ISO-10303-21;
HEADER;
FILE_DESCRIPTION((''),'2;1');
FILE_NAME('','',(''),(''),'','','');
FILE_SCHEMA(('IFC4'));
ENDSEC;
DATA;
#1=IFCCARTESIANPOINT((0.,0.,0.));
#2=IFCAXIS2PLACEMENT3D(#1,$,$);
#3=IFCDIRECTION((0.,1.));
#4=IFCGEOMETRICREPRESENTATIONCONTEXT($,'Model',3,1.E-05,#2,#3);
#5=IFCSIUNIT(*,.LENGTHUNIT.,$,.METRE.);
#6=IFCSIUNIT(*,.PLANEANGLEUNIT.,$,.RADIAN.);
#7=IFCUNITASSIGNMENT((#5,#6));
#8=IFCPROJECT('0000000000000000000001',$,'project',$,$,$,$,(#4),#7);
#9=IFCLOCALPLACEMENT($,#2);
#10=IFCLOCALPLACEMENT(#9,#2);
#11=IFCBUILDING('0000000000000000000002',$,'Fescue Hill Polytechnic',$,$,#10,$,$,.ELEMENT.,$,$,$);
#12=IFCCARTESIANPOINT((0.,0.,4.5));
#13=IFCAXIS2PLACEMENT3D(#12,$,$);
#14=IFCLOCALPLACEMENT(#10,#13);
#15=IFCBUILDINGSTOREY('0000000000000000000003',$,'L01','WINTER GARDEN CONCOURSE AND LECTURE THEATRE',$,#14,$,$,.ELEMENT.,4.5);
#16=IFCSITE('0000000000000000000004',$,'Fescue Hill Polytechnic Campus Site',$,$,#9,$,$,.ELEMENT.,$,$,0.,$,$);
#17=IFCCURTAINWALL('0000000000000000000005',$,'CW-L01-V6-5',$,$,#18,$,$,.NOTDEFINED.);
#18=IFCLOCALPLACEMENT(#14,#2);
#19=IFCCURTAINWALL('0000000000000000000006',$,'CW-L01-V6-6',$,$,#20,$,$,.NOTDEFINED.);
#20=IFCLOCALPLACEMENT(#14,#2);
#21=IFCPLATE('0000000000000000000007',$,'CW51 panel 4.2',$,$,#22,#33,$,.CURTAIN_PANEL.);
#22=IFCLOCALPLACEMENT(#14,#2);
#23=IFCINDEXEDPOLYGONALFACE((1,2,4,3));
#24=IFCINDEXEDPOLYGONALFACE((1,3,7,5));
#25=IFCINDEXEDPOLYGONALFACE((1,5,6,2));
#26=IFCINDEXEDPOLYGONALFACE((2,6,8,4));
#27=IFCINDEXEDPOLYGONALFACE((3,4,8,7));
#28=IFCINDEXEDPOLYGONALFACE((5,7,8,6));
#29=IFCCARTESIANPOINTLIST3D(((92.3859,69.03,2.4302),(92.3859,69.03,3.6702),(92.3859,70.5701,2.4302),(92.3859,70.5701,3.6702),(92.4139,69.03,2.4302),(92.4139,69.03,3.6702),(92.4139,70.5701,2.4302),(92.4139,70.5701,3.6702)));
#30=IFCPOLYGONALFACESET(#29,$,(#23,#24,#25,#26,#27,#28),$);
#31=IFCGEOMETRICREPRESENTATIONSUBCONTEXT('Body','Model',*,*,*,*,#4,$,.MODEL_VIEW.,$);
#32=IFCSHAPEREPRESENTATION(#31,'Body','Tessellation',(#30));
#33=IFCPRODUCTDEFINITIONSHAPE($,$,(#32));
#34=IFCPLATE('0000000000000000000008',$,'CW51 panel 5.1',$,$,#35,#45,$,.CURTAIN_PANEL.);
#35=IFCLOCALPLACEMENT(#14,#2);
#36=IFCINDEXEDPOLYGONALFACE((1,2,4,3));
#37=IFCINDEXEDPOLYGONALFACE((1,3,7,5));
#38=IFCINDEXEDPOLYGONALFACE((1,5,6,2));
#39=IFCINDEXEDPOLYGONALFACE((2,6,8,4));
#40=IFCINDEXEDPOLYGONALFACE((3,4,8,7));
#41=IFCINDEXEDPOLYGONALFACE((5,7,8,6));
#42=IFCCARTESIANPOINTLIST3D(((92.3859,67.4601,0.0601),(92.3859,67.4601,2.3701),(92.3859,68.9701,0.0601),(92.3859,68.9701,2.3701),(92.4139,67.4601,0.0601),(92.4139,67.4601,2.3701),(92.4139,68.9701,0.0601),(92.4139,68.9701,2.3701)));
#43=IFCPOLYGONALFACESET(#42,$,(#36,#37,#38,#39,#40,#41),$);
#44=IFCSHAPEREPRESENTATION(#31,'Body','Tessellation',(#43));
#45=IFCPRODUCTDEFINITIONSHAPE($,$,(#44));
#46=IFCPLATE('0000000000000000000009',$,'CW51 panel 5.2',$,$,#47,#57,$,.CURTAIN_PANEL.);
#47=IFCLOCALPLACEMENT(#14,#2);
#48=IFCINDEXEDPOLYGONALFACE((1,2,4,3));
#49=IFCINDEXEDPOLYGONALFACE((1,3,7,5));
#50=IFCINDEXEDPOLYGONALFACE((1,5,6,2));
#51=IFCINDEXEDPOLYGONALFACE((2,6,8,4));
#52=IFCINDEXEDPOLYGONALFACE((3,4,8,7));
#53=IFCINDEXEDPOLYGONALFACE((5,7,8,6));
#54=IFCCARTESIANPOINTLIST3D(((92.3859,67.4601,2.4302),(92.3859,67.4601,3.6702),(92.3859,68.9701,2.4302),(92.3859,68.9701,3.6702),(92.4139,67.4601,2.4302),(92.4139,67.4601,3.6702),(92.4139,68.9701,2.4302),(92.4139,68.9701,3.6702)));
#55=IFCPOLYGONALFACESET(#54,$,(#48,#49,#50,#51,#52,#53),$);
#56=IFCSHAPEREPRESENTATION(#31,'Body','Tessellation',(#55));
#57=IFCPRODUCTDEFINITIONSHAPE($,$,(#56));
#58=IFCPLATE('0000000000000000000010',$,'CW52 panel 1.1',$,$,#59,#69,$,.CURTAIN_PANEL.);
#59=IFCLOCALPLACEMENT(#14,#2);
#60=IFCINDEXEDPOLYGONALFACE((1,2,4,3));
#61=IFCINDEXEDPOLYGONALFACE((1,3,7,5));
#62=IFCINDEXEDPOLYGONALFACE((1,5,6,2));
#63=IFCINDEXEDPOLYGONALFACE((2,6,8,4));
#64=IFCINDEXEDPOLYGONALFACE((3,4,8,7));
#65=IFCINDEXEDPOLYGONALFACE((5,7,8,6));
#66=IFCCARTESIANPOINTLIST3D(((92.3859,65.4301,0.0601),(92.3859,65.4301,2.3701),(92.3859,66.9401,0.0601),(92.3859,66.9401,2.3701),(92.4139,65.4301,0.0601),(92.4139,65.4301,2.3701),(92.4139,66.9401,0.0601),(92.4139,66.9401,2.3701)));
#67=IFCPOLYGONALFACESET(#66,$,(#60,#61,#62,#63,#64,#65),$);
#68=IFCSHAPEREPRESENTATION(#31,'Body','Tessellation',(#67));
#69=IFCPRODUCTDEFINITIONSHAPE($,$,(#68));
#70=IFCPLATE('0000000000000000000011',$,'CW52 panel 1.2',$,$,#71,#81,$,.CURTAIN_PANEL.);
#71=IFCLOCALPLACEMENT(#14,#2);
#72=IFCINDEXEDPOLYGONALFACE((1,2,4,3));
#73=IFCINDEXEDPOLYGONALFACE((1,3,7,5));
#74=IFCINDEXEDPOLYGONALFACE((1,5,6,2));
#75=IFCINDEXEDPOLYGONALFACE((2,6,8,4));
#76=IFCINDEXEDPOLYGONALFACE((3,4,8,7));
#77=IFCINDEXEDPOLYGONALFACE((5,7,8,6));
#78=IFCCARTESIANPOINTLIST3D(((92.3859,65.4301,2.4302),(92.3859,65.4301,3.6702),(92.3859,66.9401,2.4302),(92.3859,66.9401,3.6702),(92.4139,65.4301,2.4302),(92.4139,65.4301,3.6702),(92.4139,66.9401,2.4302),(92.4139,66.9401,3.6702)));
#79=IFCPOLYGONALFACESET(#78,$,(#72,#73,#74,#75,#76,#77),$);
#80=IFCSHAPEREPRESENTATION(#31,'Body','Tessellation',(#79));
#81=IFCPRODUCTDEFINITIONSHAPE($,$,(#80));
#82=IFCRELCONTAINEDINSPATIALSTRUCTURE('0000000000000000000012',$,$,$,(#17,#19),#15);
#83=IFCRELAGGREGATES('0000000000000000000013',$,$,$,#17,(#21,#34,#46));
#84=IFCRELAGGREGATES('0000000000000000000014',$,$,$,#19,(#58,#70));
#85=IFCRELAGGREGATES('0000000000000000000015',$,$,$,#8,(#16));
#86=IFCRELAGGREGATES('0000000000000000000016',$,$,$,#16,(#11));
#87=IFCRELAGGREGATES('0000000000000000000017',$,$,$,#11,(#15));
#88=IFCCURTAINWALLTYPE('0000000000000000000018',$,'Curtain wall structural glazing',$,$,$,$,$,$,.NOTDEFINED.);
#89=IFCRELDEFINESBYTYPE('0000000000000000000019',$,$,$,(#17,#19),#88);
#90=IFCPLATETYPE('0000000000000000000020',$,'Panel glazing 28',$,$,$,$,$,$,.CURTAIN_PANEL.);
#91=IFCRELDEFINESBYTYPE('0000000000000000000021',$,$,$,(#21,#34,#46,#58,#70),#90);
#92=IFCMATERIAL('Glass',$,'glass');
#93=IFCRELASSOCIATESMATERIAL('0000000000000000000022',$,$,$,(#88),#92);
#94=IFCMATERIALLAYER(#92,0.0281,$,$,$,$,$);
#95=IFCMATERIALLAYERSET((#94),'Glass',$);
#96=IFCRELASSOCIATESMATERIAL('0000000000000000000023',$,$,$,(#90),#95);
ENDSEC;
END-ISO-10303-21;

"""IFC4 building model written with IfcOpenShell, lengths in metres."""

from ifc_helpers import new_model, si_unit, direction, frame, origin, origin_2d, place, context, subcontext, project, spatial, rectangle, extrude, material, layer, layer_set, type_object, element, aggregate, save


model = new_model("IFC4")

# Units and contexts
model_context = context("Model", 3, precision=1e-05, world=origin(), true_north=direction((0.0, 1.0)))
body_context = subcontext(model_context, "Body", "Model", "MODEL_VIEW")
ifc_project = project(units=[si_unit("LENGTHUNIT", "METRE"), si_unit("PLANEANGLEUNIT", "RADIAN")], contexts=[model_context])

# Site, building, storey
site_placement = place(None, origin())
site = spatial("IfcSite", under=ifc_project, at=site_placement, Name="Fescue Hill Polytechnic Campus Site", CompositionType="ELEMENT", RefElevation=0.0)
building_placement = place(site_placement, origin())
building = spatial("IfcBuilding", under=site, at=building_placement, Name="Fescue Hill Polytechnic", CompositionType="ELEMENT")
storey_placement = place(building_placement, frame((0.0, 0.0, 4.5)))
storey = spatial("IfcBuildingStorey", under=building, at=storey_placement, Name="L01", Description="WINTER GARDEN CONCOURSE AND LECTURE THEATRE", CompositionType="ELEMENT", Elevation=4.5)

# Curtain walls
ifc_material_1 = material(Name="Glass", Category="glass")
curtain_wall_type = type_object("IfcCurtainWallType", Name="Curtain wall structural glazing", PredefinedType="NOTDEFINED", material=ifc_material_1)
curtain_wall_1_placement = place(storey_placement, origin())
curtain_wall_1 = element("IfcCurtainWall", 1, at=curtain_wall_1_placement, inside=storey, type_object=curtain_wall_type, Name="CW-L01-V6-5", PredefinedType="NOTDEFINED")
curtain_wall_2_placement = place(storey_placement, origin())
curtain_wall_2 = element("IfcCurtainWall", 2, at=curtain_wall_2_placement, inside=storey, type_object=curtain_wall_type, Name="CW-L01-V6-6", PredefinedType="NOTDEFINED")

# Plates
ifc_layer = layer(ifc_material_1, 0.0281)
ifc_layer_set = layer_set([ifc_layer], Name="Glass")
plate_type = type_object("IfcPlateType", Name="Panel glazing 28", PredefinedType="CURTAIN_PANEL", material=ifc_layer_set)
plate_1_placement = place(storey_placement, frame((92.3999, 69.8, 2.4302), z_axis=(0.0, 0.0, 1.0), x_axis=(0.0, -1.0, 0.0)))
plate_1 = element("IfcPlate", 3, at=plate_1_placement, type_object=plate_type, Name="CW51 panel 4.2", PredefinedType="CURTAIN_PANEL", context=body_context, shape_type="SweptSolid", body=[
    extrude(rectangle(XDim=1.54, YDim=0.0281, at=origin_2d()), origin(), (0.0, 0.0, 1.0), 1.24),
])
plate_2_placement = place(storey_placement, frame((92.3999, 68.2151, 0.0601), z_axis=(0.0, 0.0, 1.0), x_axis=(0.0, -1.0, 0.0)))
plate_2 = element("IfcPlate", 4, at=plate_2_placement, type_object=plate_type, Name="CW51 panel 5.1", PredefinedType="CURTAIN_PANEL", context=body_context, shape_type="SweptSolid", body=[
    extrude(rectangle(XDim=1.51, YDim=0.0281, at=origin_2d()), origin(), (0.0, 0.0, 1.0), 2.3101),
])
plate_3_placement = place(storey_placement, frame((92.3999, 68.2151, 2.4302), z_axis=(0.0, 0.0, 1.0), x_axis=(0.0, -1.0, 0.0)))
plate_3 = element("IfcPlate", 5, at=plate_3_placement, type_object=plate_type, Name="CW51 panel 5.2", PredefinedType="CURTAIN_PANEL", context=body_context, shape_type="SweptSolid", body=[
    extrude(rectangle(XDim=1.51, YDim=0.0281, at=origin_2d()), origin(), (0.0, 0.0, 1.0), 1.24),
])
aggregate(curtain_wall_1, [plate_1, plate_2, plate_3])
plate_4_placement = place(storey_placement, frame((92.3999, 66.1851, 0.0601), z_axis=(0.0, 0.0, 1.0), x_axis=(0.0, -1.0, 0.0)))
plate_4 = element("IfcPlate", 6, at=plate_4_placement, type_object=plate_type, Name="CW52 panel 1.1", PredefinedType="CURTAIN_PANEL", context=body_context, shape_type="SweptSolid", body=[
    extrude(rectangle(XDim=1.51, YDim=0.0281, at=origin_2d()), origin(), (0.0, 0.0, 1.0), 2.3101),
])
plate_5_placement = place(storey_placement, frame((92.3999, 66.1851, 2.4302), z_axis=(0.0, 0.0, 1.0), x_axis=(0.0, -1.0, 0.0)))
plate_5 = element("IfcPlate", 7, at=plate_5_placement, type_object=plate_type, Name="CW52 panel 1.2", PredefinedType="CURTAIN_PANEL", context=body_context, shape_type="SweptSolid", body=[
    extrude(rectangle(XDim=1.51, YDim=0.0281, at=origin_2d()), origin(), (0.0, 0.0, 1.0), 1.24),
])
aggregate(curtain_wall_2, [plate_4, plate_5])

save(model, "model.ifc")
